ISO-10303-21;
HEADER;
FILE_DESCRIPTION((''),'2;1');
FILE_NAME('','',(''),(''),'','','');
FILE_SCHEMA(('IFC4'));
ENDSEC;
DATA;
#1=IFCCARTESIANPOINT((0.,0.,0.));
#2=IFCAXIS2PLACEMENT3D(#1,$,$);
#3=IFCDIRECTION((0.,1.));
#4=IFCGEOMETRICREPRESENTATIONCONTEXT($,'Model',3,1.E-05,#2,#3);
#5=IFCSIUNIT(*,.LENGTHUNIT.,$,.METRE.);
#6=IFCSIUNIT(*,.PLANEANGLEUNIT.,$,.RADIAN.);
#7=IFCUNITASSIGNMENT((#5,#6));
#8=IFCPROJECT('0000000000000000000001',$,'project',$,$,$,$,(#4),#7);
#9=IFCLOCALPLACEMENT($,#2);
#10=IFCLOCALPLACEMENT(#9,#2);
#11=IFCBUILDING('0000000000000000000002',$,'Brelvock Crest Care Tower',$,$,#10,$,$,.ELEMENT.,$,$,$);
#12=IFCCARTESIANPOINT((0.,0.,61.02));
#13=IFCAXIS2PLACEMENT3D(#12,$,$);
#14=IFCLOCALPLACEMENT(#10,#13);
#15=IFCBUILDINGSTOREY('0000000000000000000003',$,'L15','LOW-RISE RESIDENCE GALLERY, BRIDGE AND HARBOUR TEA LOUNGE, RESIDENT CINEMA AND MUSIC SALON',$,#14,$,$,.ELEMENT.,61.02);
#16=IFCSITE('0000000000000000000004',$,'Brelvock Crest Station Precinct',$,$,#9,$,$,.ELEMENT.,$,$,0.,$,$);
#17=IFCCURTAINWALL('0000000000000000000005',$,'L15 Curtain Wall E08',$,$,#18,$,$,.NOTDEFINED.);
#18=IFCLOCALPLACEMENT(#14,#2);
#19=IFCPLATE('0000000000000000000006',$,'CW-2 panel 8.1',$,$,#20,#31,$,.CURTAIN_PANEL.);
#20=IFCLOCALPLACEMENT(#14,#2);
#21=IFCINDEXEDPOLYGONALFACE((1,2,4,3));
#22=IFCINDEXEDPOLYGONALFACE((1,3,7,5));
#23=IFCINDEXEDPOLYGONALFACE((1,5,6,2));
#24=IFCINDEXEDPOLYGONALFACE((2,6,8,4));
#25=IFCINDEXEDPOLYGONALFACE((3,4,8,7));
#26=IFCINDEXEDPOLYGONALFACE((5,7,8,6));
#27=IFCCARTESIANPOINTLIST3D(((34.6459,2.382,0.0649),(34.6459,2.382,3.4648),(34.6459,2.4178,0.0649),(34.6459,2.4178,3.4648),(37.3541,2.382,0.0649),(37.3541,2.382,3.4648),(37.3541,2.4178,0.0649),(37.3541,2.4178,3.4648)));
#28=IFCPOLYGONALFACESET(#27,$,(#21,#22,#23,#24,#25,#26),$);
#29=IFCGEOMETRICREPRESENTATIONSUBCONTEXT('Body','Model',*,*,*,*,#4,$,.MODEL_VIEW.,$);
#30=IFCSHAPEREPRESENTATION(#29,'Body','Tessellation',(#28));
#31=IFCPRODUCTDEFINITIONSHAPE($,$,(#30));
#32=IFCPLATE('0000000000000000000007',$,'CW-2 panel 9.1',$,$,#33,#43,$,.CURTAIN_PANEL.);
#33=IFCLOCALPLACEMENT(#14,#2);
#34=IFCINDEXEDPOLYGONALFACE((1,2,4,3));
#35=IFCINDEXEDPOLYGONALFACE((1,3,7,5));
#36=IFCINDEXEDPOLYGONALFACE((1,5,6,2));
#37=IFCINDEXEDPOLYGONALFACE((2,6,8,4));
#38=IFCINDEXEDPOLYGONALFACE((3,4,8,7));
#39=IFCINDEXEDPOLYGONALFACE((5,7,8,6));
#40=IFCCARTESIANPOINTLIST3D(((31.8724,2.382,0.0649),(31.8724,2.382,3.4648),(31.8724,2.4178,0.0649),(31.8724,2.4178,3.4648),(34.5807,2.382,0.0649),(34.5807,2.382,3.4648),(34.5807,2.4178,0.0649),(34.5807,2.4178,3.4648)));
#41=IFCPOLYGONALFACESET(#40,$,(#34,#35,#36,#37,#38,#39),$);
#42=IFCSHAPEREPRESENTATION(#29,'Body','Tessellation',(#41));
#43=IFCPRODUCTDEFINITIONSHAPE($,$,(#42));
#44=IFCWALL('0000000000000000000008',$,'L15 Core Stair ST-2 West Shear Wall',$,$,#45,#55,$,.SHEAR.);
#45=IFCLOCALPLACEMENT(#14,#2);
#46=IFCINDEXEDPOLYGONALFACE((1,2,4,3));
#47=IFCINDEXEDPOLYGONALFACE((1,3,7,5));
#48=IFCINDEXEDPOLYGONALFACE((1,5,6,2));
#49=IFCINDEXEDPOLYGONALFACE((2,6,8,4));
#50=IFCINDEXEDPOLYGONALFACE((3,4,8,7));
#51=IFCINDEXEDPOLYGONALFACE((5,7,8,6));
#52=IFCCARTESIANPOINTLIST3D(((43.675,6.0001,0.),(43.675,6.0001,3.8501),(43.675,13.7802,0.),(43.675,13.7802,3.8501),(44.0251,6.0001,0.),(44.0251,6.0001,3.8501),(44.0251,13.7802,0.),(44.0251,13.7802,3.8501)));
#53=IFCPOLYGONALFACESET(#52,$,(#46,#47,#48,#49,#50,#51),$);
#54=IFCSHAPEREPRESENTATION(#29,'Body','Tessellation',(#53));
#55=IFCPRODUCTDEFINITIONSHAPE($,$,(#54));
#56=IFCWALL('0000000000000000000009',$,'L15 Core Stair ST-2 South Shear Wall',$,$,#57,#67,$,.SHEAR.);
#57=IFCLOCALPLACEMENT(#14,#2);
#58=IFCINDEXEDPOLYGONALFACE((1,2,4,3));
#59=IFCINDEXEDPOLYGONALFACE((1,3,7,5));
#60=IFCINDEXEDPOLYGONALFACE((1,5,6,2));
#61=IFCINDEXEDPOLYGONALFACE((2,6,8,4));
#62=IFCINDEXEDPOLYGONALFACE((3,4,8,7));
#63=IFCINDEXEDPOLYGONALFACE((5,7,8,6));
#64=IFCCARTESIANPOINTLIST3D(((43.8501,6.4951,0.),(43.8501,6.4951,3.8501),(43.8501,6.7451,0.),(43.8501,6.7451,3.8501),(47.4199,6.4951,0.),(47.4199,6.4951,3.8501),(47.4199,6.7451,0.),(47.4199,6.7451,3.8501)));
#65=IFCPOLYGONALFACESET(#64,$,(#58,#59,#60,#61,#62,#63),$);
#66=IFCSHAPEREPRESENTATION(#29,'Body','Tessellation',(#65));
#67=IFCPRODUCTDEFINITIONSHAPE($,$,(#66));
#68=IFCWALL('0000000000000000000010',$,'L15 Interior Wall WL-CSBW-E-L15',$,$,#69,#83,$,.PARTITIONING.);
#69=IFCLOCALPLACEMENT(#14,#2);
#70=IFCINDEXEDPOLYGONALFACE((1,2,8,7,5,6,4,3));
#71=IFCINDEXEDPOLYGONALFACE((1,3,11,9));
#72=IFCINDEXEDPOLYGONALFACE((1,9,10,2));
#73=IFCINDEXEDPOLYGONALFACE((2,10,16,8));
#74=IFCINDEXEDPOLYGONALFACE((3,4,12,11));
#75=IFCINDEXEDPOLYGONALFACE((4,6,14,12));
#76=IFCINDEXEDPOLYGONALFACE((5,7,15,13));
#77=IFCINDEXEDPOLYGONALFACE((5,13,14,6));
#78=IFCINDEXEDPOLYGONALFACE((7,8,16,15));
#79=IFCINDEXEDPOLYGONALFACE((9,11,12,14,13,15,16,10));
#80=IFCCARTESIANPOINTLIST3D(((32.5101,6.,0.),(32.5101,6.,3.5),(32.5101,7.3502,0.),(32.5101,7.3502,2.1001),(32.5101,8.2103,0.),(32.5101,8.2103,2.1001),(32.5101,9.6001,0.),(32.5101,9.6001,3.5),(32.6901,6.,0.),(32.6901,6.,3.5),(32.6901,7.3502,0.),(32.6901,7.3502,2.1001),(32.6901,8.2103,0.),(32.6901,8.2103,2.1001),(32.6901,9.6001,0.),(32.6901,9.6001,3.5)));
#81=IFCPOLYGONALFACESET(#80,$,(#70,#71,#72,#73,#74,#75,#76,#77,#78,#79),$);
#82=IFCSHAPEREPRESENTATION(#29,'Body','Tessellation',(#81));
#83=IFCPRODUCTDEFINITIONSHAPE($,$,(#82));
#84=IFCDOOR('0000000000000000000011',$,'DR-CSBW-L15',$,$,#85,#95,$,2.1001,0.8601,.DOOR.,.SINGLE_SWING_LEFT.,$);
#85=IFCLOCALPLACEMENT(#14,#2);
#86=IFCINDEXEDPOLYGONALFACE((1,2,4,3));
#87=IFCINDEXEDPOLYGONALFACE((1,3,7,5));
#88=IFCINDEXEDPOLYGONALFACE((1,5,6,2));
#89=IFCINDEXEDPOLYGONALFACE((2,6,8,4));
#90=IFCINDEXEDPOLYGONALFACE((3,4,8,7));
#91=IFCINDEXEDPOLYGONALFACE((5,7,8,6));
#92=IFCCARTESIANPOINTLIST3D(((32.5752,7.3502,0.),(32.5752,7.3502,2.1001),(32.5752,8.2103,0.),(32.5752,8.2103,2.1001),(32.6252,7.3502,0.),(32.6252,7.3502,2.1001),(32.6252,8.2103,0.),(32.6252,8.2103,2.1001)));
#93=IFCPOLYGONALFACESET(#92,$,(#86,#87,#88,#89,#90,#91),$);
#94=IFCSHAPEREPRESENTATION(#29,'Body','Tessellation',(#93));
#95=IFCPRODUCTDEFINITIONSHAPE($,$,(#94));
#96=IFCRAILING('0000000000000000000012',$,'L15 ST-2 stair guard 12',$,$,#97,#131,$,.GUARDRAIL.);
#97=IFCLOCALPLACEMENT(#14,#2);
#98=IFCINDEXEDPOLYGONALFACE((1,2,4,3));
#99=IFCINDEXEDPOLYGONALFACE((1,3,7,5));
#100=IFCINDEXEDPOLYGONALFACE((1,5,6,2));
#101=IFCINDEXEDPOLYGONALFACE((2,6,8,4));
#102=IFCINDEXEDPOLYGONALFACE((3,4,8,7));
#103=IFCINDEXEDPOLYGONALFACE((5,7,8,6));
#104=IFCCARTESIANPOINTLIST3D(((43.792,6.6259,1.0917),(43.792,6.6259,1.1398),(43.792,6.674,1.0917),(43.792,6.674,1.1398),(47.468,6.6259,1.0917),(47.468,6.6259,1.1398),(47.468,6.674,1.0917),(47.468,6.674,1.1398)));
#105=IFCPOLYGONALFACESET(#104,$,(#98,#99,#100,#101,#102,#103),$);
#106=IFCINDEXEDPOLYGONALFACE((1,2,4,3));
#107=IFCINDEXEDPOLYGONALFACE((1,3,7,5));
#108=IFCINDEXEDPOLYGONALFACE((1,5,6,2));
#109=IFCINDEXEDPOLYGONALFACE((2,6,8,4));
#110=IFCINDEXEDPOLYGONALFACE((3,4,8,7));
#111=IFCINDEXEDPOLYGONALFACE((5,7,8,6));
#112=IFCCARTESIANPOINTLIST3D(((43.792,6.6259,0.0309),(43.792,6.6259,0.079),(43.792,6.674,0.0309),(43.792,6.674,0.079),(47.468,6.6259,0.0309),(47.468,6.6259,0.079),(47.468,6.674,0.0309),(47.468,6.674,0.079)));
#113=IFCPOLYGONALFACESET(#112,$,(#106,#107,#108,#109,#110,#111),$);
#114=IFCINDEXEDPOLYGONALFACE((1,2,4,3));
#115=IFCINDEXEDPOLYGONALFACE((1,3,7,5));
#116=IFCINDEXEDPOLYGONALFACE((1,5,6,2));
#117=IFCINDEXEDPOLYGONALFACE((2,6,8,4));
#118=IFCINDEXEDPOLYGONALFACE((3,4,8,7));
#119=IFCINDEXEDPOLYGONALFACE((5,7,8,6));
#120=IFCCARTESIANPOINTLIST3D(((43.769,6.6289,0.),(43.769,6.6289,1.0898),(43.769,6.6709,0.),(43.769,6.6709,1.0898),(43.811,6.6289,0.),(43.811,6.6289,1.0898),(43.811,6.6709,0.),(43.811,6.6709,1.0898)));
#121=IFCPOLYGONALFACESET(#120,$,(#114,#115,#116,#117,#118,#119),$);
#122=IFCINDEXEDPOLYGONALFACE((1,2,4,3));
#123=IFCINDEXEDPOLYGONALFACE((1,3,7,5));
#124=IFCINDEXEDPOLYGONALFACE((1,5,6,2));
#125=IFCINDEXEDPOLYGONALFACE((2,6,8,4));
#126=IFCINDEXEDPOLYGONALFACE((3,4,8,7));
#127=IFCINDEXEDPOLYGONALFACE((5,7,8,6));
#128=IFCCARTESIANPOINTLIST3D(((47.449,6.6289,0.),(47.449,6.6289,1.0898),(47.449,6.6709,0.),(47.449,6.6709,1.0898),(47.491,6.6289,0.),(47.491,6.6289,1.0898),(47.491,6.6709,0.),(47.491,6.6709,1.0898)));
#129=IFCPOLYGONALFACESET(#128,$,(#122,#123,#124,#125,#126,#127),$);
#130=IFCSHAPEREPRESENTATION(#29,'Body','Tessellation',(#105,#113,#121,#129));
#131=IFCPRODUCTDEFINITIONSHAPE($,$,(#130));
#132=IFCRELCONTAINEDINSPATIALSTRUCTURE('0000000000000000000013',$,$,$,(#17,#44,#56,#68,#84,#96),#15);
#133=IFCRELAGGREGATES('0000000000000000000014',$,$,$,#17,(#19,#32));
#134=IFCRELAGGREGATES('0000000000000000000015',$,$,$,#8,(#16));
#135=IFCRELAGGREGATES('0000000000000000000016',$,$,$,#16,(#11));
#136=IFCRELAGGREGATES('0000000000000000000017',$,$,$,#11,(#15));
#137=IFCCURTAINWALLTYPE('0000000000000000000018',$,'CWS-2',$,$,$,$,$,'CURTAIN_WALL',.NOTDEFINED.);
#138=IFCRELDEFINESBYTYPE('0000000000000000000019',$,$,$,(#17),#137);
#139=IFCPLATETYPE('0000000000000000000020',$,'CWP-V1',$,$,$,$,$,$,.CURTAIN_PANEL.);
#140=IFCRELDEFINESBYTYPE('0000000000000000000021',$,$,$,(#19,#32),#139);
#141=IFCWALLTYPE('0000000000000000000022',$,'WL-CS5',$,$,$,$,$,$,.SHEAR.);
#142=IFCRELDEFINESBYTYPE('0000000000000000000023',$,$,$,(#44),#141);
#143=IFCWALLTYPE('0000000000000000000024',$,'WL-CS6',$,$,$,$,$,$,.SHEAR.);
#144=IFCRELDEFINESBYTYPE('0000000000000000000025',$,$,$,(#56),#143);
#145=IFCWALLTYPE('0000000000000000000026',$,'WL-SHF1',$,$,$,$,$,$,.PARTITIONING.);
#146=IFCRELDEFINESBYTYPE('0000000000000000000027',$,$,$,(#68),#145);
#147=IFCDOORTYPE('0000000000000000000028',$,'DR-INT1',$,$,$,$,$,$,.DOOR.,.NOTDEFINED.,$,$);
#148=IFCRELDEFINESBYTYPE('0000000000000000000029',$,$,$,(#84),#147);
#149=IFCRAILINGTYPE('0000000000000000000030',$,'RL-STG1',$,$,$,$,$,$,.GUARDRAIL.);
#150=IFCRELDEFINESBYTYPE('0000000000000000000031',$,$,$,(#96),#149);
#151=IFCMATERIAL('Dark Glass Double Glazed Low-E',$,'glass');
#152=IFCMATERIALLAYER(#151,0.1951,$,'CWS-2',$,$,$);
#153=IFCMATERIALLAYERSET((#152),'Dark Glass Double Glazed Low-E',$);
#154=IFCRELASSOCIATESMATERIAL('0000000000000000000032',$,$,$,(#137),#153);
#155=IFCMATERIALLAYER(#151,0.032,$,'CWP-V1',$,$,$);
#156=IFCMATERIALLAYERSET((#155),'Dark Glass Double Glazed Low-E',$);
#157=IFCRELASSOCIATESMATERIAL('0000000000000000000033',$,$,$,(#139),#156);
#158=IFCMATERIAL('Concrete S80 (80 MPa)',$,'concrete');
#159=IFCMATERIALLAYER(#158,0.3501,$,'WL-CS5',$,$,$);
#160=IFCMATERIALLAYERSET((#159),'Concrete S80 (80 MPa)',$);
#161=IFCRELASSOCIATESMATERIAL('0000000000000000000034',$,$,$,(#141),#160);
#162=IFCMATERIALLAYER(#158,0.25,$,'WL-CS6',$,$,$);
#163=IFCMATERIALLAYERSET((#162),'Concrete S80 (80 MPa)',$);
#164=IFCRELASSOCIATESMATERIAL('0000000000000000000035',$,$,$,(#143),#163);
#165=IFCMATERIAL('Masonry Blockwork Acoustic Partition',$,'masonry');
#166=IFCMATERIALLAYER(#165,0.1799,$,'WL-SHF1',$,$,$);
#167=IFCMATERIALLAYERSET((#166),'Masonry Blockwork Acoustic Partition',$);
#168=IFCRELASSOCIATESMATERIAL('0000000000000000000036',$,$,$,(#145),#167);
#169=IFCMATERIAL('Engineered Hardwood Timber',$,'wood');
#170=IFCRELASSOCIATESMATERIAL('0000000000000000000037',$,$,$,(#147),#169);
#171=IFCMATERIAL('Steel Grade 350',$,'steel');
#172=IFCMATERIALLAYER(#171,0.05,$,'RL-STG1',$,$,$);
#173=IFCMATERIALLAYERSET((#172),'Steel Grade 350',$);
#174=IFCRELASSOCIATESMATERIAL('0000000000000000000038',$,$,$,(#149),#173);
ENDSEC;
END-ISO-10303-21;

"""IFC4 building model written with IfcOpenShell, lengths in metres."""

from ifc_helpers import new_model, si_unit, direction, frame, frame_2d, origin, origin_2d, place, context, subcontext, project, spatial, rectangle, extrude, source, transform, mapped, material, layer, layer_set, type_object, element, fill, aggregate, save


model = new_model("IFC4")

# Units and contexts
model_context = context("Model", 3, precision=1e-05, world=origin(), true_north=direction((0.0, 1.0)))
body_context = subcontext(model_context, "Body", "Model", "MODEL_VIEW")
ifc_project = project(units=[si_unit("LENGTHUNIT", "METRE"), si_unit("PLANEANGLEUNIT", "RADIAN")], contexts=[model_context])

# Site, building, storey
site_placement = place(None, origin())
site = spatial("IfcSite", under=ifc_project, at=site_placement, Name="Brelvock Crest Station Precinct", CompositionType="ELEMENT", RefElevation=0.0)
building_placement = place(site_placement, origin())
building = spatial("IfcBuilding", under=site, at=building_placement, Name="Brelvock Crest Care Tower", CompositionType="ELEMENT")
storey_placement = place(building_placement, frame((0.0, 0.0, 61.02)))
storey = spatial("IfcBuildingStorey", under=building, at=storey_placement, Name="L15", Description="LOW-RISE RESIDENCE GALLERY, BRIDGE AND HARBOUR TEA LOUNGE, RESIDENT CINEMA AND MUSIC SALON", CompositionType="ELEMENT", Elevation=61.02)

# Shared definitions
ifc_material_1 = material(Name="Concrete S80 (80 MPa)", Category="concrete")

# Shared definitions
ifc_material_2 = material(Name="Steel Grade 350", Category="steel")

# Curtain wall, plates
ifc_material_3 = material(Name="Dark Glass Double Glazed Low-E", Category="glass")
ifc_layer_1 = layer(ifc_material_3, 0.1951, Name="CWS-2")
ifc_layer_set_1 = layer_set([ifc_layer_1], Name="Dark Glass Double Glazed Low-E")
curtain_wall_type = type_object("IfcCurtainWallType", Name="CWS-2", ElementType="CURTAIN_WALL", PredefinedType="NOTDEFINED", material=ifc_layer_set_1)
curtain_wall_placement = place(storey_placement, origin())
curtain_wall = element("IfcCurtainWall", 1, at=curtain_wall_placement, inside=storey, type_object=curtain_wall_type, Name="L15 Curtain Wall E08", PredefinedType="NOTDEFINED")
ifc_layer_2 = layer(ifc_material_3, 0.032, Name="CWP-V1")
ifc_layer_set_2 = layer_set([ifc_layer_2], Name="Dark Glass Double Glazed Low-E")
plate_type = type_object("IfcPlateType", Name="CWP-V1", PredefinedType="CURTAIN_PANEL", material=ifc_layer_set_2)
shared_shape_1 = source(origin(), body_context, "Body", "SweptSolid", [
    extrude(rectangle(XDim=2.7083, YDim=0.0359, at=origin_2d()), origin(), (0.0, 0.0, 1.0), 3.3999),
])
plate_1_placement = place(storey_placement, frame((36.0, 2.3999, 0.0649), z_axis=(0.0, 0.0, 1.0), x_axis=(-1.0, 0.0, 0.0)))
plate_1 = element("IfcPlate", 2, at=plate_1_placement, type_object=plate_type, Name="CW-2 panel 8.1", PredefinedType="CURTAIN_PANEL", context=body_context, shape_type="MappedRepresentation", body=[
    mapped(shared_shape_1, transform((0.0, 0.0, 0.0), x_axis=(1.0, 0.0, 0.0), y_axis=(0.0, 1.0, 0.0), z_axis=(0.0, 0.0, 1.0), scale=1.0)),
])
plate_2_placement = place(storey_placement, frame((33.2266, 2.3999, 0.0649), z_axis=(0.0, 0.0, 1.0), x_axis=(-1.0, 0.0, 0.0)))
plate_2 = element("IfcPlate", 3, at=plate_2_placement, type_object=plate_type, Name="CW-2 panel 9.1", PredefinedType="CURTAIN_PANEL", context=body_context, shape_type="MappedRepresentation", body=[
    mapped(shared_shape_1, transform((0.0, 0.0, 0.0), x_axis=(1.0, 0.0, 0.0), y_axis=(0.0, 1.0, 0.0), z_axis=(0.0, 0.0, 1.0), scale=1.0)),
])
aggregate(curtain_wall, [plate_1, plate_2])

# Walls
ifc_layer_3 = layer(ifc_material_1, 0.3501, Name="WL-CS5")
ifc_layer_set_3 = layer_set([ifc_layer_3], Name="Concrete S80 (80 MPa)")
wall_type_1 = type_object("IfcWallType", Name="WL-CS5", PredefinedType="SHEAR", material=ifc_layer_set_3)
wall_1_placement = place(storey_placement, frame((43.8501, 6.0, 0.0), z_axis=(0.0, 0.0, 1.0), x_axis=(0.0, 1.0, 0.0)))
element("IfcWall", 4, at=wall_1_placement, inside=storey, type_object=wall_type_1, Name="L15 Core Stair ST-2 West Shear Wall", PredefinedType="SHEAR", context=body_context, shape_type="SweptSolid", body=[
    extrude(rectangle(XDim=7.78, YDim=0.3501, at=frame_2d((3.8901, 0.0))), origin(), (0.0, 0.0, 1.0), 3.8501),
])
ifc_layer_4 = layer(ifc_material_1, 0.25, Name="WL-CS6")
ifc_layer_set_4 = layer_set([ifc_layer_4], Name="Concrete S80 (80 MPa)")
wall_type_2 = type_object("IfcWallType", Name="WL-CS6", PredefinedType="SHEAR", material=ifc_layer_set_4)
wall_2_placement = place(storey_placement, frame((43.8501, 6.6201, 0.0), z_axis=(0.0, 0.0, 1.0), x_axis=(1.0, 0.0, 0.0)))
element("IfcWall", 5, at=wall_2_placement, inside=storey, type_object=wall_type_2, Name="L15 Core Stair ST-2 South Shear Wall", PredefinedType="SHEAR", context=body_context, shape_type="SweptSolid", body=[
    extrude(rectangle(XDim=3.5698, YDim=0.25, at=frame_2d((1.7849, 0.0))), origin(), (0.0, 0.0, 1.0), 3.8501),
])

# Wall, opening, door
ifc_material_4 = material(Name="Masonry Blockwork Acoustic Partition", Category="masonry")
ifc_layer_5 = layer(ifc_material_4, 0.1799, Name="WL-SHF1")
ifc_layer_set_5 = layer_set([ifc_layer_5], Name="Masonry Blockwork Acoustic Partition")
wall_type_3 = type_object("IfcWallType", Name="WL-SHF1", PredefinedType="PARTITIONING", material=ifc_layer_set_5)
wall_3_placement = place(storey_placement, frame((32.6001, 6.0, 0.0), z_axis=(0.0, 0.0, 1.0), x_axis=(0.0, 1.0, 0.0)))
wall_3 = element("IfcWall", 6, at=wall_3_placement, inside=storey, type_object=wall_type_3, Name="L15 Interior Wall WL-CSBW-E-L15", PredefinedType="PARTITIONING", context=body_context, shape_type="SweptSolid", body=[
    extrude(rectangle(XDim=3.6001, YDim=0.1799, at=frame_2d((1.8, 0.0))), origin(), (0.0, 0.0, 1.0), 3.5),
])
opening_placement = place(wall_3_placement, frame((1.3501, 0.0, 0.0)))
opening = element("IfcOpeningElement", 7, at=opening_placement, cuts=wall_3, PredefinedType="OPENING", context=body_context, shape_type="SweptSolid", body=[
    extrude(rectangle(XDim=0.8601, YDim=2.1001, at=origin_2d()), frame((0.4302, 0.1001, 1.05), z_axis=(0.0, -1.0, 0.0), x_axis=(1.0, 0.0, 0.0)), (0.0, 0.0, 1.0), 0.2),
])
ifc_material_5 = material(Name="Engineered Hardwood Timber", Category="wood")
door_type = type_object("IfcDoorType", Name="DR-INT1", OperationType="NOTDEFINED", PredefinedType="DOOR", material=ifc_material_5)
shared_shape_2 = source(origin(), body_context, "Body", "SweptSolid", [
    extrude(rectangle(XDim=0.8601, YDim=2.1001, at=origin_2d()), frame((0.4302, 0.0249, 1.05), z_axis=(0.0, -1.0, 0.0), x_axis=(1.0, 0.0, 0.0)), (0.0, 0.0, 1.0), 0.05),
])
door_placement = place(opening_placement, origin())
door = element("IfcDoor", 8, at=door_placement, inside=storey, type_object=door_type, Name="DR-CSBW-L15", OperationType="SINGLE_SWING_LEFT", OverallHeight=2.1001, OverallWidth=0.8601, PredefinedType="DOOR", context=body_context, shape_type="MappedRepresentation", body=[
    mapped(shared_shape_2, transform((0.0, 0.0, 0.0), x_axis=(1.0, 0.0, 0.0), y_axis=(0.0, 1.0, 0.0), z_axis=(0.0, 0.0, 1.0), scale=1.0)),
])
fill(opening, door)

# Railing
ifc_layer_6 = layer(ifc_material_2, 0.05, Name="RL-STG1")
ifc_layer_set_6 = layer_set([ifc_layer_6], Name="Steel Grade 350")
railing_type = type_object("IfcRailingType", Name="RL-STG1", PredefinedType="GUARDRAIL", material=ifc_layer_set_6)
railing_placement = place(storey_placement, frame((43.79, 6.6499, 0.0)))
element("IfcRailing", 9, at=railing_placement, inside=storey, type_object=railing_type, Name="L15 ST-2 stair guard 12", PredefinedType="GUARDRAIL", context=body_context, shape_type="SweptSolid", body=[
    extrude(rectangle(XDim=0.0481, YDim=0.0481, at=origin_2d()), frame((0.002, 0.0, 1.1157), z_axis=(1.0, 0.0, 0.0), x_axis=(0.0, 1.0, 0.0)), (0.0, 0.0, 1.0), 3.676),
    extrude(rectangle(XDim=0.0481, YDim=0.0481, at=origin_2d()), frame((0.002, 0.0, 0.0549), z_axis=(1.0, 0.0, 0.0), x_axis=(0.0, 1.0, 0.0)), (0.0, 0.0, 1.0), 3.676),
    extrude(rectangle(XDim=0.042, YDim=0.042, at=origin_2d()), origin(), (0.0, 0.0, 1.0), 1.0898),
    extrude(rectangle(XDim=0.042, YDim=0.042, at=origin_2d()), frame((3.6799, 0.0, 0.0)), (0.0, 0.0, 1.0), 1.0898),
])

save(model, "model.ifc")
